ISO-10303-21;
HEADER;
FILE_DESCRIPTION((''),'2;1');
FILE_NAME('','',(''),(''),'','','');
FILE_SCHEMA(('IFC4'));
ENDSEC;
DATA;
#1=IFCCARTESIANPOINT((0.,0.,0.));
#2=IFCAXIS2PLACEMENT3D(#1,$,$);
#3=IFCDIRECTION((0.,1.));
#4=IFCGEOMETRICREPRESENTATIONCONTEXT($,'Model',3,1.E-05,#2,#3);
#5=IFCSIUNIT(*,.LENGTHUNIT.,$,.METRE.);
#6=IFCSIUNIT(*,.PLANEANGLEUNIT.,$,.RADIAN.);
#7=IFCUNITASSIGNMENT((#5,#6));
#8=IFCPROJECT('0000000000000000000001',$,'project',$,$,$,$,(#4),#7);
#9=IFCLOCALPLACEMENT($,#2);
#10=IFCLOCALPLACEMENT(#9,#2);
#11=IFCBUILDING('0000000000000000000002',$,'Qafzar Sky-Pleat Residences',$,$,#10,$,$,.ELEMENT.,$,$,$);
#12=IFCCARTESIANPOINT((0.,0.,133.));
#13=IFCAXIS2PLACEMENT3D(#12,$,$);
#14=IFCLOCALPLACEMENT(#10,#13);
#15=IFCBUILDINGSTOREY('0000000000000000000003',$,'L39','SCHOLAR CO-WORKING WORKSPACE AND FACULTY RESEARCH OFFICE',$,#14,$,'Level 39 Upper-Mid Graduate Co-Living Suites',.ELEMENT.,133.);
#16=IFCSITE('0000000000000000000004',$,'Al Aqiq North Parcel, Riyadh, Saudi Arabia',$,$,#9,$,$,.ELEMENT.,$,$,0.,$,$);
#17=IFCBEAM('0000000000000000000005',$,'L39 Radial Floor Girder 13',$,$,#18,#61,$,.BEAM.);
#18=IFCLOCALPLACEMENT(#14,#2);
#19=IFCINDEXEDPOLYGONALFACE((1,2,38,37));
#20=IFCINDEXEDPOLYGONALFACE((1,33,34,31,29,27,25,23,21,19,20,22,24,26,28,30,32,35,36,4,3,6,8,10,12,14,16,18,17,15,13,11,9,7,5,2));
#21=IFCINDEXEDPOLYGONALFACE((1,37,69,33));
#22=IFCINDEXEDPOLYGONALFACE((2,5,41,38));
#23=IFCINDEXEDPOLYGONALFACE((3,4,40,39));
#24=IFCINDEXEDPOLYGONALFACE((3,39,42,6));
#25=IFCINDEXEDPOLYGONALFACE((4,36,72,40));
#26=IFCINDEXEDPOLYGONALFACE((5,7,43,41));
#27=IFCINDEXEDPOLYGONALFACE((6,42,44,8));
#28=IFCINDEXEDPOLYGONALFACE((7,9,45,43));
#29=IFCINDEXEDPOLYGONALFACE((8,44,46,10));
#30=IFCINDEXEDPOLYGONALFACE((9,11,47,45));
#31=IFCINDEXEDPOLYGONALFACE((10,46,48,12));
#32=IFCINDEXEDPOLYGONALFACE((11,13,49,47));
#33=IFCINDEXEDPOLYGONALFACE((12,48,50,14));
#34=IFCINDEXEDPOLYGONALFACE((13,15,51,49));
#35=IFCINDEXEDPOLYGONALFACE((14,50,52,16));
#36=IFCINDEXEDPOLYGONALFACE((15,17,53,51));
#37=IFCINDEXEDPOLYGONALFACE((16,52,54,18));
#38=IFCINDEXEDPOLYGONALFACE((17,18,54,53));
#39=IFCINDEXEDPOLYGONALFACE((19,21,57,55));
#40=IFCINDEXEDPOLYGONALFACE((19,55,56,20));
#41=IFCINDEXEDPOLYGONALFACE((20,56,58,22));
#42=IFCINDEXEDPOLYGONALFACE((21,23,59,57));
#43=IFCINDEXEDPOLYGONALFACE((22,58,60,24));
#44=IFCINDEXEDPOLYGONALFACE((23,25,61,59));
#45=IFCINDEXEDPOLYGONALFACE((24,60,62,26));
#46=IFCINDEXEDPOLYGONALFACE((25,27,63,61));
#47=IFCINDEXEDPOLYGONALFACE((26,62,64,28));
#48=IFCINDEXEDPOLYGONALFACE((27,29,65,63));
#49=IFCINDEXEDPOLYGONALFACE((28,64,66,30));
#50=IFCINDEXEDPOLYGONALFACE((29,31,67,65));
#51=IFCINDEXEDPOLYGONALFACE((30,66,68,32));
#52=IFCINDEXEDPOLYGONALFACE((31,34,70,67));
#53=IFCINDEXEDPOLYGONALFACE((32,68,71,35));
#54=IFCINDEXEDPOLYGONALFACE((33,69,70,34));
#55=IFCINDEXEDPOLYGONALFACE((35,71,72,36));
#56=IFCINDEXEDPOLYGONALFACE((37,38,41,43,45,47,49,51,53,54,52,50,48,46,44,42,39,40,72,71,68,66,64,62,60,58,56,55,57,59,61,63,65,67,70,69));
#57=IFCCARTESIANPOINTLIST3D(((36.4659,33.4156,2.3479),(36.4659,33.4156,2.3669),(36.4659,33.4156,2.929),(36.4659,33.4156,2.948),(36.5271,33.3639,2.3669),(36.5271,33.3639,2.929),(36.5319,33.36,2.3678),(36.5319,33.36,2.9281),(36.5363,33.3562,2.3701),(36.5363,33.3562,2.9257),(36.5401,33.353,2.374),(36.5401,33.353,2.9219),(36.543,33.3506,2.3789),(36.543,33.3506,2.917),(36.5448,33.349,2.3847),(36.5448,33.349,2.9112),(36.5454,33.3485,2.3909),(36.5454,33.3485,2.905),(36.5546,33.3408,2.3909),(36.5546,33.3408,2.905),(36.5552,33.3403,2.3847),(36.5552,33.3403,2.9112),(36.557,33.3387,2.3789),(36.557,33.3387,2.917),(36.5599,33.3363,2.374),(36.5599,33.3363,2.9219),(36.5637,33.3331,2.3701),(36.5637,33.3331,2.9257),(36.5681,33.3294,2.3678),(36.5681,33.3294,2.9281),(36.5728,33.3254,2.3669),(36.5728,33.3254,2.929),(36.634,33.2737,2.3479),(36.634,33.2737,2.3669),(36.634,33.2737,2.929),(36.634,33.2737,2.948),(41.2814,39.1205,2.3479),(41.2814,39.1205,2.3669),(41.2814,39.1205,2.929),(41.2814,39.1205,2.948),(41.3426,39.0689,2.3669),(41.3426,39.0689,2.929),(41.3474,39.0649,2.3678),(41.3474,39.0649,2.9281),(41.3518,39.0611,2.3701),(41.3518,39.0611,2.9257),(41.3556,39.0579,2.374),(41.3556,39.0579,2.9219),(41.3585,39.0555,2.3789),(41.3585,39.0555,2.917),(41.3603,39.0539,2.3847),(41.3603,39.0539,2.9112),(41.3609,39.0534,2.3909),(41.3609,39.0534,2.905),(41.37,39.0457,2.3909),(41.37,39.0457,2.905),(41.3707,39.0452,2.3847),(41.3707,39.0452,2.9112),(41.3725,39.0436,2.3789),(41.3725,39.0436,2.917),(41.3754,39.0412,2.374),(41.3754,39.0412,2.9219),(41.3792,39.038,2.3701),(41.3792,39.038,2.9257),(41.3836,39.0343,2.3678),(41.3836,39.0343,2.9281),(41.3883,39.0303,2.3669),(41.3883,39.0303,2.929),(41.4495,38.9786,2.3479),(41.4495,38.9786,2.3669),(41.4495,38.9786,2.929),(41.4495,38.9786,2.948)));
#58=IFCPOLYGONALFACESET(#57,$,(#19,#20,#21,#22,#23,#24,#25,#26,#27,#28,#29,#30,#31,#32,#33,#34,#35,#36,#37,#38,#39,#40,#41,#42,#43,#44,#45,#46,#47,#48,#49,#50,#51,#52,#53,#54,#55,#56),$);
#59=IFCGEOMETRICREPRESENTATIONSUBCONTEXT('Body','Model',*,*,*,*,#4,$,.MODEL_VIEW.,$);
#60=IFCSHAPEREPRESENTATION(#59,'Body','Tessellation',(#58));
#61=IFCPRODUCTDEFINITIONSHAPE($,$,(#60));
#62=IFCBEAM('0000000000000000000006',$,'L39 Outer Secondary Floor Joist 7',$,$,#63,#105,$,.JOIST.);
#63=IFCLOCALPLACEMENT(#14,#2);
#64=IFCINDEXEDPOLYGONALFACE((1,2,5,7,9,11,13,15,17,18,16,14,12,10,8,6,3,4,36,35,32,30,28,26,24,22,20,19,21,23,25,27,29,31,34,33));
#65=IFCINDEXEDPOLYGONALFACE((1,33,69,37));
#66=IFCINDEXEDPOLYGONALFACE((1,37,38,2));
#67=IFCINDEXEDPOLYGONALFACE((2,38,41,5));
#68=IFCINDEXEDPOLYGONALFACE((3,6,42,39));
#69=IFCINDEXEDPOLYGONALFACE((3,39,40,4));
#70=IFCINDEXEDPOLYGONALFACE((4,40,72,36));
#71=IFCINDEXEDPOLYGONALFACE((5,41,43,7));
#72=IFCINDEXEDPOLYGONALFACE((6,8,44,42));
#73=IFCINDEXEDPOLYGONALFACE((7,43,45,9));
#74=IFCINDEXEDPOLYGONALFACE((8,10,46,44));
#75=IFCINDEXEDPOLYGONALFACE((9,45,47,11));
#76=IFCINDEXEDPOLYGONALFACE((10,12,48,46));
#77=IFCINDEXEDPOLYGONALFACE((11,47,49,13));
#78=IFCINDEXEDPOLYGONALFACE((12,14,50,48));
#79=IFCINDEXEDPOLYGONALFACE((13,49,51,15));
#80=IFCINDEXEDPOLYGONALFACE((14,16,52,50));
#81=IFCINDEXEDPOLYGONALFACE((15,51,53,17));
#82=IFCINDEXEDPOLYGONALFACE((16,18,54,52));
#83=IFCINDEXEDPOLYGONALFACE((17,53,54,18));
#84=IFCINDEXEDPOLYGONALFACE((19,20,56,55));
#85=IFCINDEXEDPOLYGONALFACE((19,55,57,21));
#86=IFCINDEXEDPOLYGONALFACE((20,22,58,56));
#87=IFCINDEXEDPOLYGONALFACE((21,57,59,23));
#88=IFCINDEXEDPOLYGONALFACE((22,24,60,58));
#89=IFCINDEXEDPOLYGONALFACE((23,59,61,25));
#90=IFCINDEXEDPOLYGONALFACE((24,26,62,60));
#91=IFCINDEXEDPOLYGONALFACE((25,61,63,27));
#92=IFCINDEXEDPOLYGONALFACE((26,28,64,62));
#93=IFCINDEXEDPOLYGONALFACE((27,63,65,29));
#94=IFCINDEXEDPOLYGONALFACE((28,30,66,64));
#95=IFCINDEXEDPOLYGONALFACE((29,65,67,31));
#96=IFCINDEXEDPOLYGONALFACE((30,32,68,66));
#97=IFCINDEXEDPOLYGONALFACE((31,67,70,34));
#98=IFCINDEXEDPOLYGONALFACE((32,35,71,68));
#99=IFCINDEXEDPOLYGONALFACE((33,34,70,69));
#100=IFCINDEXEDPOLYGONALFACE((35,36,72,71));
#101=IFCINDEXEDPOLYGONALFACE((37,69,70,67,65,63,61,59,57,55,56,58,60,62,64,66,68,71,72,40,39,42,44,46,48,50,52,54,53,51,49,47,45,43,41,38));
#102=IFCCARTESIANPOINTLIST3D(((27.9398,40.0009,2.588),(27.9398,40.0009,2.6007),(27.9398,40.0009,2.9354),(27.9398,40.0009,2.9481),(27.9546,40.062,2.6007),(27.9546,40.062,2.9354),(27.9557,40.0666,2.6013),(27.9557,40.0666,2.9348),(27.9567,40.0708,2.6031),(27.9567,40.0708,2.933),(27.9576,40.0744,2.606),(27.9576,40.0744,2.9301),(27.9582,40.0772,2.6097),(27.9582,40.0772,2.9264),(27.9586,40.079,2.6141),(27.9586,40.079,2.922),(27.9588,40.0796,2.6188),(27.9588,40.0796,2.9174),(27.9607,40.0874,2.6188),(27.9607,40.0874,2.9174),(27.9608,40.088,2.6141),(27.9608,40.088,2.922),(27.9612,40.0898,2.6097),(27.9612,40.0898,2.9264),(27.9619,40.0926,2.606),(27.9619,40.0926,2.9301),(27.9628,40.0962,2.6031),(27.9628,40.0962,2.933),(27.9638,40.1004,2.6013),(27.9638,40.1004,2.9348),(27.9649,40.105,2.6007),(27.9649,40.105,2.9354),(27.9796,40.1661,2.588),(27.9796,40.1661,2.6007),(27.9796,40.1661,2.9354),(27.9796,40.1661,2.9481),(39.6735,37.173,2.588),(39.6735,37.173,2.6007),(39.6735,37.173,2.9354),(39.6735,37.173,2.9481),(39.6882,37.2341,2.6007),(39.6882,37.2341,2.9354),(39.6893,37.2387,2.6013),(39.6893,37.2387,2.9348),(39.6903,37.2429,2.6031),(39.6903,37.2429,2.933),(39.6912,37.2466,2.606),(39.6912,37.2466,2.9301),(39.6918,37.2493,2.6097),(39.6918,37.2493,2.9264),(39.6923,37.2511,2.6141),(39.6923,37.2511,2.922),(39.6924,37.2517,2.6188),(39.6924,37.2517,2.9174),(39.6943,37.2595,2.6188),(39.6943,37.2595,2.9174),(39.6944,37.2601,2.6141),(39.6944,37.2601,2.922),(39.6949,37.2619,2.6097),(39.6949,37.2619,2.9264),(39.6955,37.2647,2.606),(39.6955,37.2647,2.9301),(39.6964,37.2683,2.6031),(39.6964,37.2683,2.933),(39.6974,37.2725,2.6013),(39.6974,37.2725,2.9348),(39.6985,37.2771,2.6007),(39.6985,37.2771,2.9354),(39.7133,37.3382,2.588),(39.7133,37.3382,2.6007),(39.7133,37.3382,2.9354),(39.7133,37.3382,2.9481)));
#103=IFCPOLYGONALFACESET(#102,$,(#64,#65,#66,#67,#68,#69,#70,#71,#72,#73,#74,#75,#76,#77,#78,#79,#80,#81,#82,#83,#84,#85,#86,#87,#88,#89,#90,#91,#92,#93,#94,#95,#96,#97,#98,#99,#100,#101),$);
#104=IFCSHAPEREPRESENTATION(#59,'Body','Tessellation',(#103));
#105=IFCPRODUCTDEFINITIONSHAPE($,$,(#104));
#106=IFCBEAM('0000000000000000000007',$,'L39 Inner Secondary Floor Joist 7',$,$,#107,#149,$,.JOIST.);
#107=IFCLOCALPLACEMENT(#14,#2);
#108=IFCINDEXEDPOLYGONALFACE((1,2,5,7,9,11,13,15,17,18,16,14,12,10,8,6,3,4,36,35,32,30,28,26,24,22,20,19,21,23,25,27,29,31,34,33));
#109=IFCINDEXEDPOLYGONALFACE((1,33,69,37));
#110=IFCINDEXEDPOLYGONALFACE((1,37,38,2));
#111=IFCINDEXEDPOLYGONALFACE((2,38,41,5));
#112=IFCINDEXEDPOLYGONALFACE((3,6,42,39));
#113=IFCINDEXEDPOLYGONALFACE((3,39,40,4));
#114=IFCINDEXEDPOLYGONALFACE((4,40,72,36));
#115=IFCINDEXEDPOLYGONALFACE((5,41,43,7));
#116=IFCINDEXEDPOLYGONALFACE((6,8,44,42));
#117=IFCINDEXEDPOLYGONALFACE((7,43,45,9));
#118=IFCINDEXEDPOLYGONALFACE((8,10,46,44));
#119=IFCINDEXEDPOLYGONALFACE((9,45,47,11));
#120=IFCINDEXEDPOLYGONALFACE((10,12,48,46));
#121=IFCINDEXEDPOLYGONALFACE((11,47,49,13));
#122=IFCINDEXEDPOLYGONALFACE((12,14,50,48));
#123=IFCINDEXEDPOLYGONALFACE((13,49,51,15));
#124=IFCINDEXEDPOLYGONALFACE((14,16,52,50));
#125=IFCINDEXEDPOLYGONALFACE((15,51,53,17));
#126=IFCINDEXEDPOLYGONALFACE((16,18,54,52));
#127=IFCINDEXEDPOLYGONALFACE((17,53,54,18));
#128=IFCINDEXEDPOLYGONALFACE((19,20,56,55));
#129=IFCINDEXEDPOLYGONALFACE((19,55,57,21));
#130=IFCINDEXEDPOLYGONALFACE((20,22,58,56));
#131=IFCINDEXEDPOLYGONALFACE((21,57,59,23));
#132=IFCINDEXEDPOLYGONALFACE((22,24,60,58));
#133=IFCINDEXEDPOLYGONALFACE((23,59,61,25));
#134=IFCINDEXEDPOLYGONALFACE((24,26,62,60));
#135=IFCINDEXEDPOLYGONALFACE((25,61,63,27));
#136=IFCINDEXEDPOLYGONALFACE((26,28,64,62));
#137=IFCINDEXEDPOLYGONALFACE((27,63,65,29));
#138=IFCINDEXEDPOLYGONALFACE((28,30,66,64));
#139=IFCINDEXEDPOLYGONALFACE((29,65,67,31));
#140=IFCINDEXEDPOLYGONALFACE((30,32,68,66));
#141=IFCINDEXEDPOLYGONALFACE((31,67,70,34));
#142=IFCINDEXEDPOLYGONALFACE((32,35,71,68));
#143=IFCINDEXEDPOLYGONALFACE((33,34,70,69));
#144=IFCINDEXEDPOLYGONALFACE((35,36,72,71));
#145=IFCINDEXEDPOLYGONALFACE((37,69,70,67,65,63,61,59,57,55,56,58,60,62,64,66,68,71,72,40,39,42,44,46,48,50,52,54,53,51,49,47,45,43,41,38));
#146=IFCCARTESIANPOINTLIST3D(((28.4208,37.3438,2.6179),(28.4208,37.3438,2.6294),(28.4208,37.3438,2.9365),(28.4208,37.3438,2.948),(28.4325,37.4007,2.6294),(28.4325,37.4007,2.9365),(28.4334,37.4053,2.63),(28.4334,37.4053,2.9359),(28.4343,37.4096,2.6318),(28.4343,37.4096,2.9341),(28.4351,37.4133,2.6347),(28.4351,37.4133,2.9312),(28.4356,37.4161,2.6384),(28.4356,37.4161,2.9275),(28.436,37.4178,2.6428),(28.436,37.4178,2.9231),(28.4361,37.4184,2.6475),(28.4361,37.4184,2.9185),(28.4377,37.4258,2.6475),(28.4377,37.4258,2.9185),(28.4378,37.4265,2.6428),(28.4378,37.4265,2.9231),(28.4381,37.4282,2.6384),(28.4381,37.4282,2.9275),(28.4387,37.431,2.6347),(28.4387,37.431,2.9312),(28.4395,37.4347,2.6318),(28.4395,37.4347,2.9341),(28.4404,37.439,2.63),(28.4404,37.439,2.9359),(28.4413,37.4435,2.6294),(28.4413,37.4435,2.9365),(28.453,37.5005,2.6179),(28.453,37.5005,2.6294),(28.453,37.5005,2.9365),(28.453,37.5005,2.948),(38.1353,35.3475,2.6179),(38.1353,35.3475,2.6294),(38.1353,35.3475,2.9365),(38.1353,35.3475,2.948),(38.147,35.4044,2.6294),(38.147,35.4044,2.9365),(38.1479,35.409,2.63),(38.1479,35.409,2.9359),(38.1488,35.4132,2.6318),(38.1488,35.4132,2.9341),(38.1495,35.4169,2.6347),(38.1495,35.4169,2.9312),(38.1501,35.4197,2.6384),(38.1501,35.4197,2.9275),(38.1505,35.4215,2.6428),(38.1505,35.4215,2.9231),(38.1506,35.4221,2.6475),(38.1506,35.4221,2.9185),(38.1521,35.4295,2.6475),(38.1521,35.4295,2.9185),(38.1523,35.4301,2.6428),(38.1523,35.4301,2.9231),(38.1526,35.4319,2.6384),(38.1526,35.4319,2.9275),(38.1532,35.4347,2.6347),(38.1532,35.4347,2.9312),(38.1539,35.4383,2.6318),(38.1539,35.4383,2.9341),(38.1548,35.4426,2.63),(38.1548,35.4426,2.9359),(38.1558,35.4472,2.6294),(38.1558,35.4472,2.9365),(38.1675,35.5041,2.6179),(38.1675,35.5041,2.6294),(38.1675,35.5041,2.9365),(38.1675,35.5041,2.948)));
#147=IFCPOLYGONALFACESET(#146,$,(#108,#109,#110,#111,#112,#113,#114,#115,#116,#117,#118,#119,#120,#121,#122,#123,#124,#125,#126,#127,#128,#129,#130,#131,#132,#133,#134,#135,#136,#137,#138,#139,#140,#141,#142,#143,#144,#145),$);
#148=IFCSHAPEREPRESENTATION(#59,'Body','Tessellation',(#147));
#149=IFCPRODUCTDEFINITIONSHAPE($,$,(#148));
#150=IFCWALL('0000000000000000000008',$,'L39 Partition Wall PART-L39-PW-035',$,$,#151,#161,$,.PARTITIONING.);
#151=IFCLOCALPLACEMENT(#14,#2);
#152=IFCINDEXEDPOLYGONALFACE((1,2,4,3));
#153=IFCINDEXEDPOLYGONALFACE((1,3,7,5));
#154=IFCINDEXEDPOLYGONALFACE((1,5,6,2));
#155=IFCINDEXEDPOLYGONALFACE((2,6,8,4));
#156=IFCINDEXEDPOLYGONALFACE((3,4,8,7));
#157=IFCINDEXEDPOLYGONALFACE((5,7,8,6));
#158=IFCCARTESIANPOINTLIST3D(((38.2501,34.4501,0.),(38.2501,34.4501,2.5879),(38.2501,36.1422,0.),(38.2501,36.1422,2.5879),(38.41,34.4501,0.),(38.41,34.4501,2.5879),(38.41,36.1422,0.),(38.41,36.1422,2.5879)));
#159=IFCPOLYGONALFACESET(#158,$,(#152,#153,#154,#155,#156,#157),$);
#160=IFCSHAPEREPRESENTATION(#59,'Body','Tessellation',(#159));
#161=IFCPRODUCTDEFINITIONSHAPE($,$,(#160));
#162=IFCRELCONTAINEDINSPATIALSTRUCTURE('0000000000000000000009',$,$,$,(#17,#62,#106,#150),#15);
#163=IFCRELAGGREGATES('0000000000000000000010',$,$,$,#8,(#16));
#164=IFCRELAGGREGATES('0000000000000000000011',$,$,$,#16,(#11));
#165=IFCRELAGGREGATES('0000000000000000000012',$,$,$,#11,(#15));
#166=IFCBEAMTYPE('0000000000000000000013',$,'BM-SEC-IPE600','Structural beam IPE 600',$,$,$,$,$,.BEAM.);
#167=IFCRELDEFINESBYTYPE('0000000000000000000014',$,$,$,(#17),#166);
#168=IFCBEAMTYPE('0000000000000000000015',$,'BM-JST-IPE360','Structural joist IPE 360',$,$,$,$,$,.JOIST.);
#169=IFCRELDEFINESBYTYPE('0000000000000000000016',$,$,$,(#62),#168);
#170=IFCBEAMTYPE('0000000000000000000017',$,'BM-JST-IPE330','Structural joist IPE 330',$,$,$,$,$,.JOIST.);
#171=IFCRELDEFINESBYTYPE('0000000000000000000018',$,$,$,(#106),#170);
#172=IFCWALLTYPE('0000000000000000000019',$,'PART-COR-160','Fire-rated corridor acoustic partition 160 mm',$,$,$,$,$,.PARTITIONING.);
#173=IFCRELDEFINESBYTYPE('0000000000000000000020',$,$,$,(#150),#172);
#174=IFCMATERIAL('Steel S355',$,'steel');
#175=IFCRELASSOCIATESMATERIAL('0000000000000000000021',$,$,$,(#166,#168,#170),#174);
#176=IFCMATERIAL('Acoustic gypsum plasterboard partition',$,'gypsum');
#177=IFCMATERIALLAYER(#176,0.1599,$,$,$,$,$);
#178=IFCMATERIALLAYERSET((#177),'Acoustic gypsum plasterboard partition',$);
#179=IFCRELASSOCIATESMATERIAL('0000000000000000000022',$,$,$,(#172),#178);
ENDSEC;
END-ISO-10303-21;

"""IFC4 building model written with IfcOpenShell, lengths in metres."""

from ifc_helpers import new_model, si_unit, direction, frame, frame_2d, origin, origin_2d, place, context, subcontext, project, spatial, rectangle, i_section, extrude, source, transform, mapped, material, layer, layer_set, material_profile, profile_set, type_object, element, save


model = new_model("IFC4")

# Units and contexts
model_context = context("Model", 3, precision=1e-05, world=origin(), true_north=direction((0.0, 1.0)))
body_context = subcontext(model_context, "Body", "Model", "MODEL_VIEW")
ifc_project = project(units=[si_unit("LENGTHUNIT", "METRE"), si_unit("PLANEANGLEUNIT", "RADIAN")], contexts=[model_context])

# Site, building, storey
site_placement = place(None, origin())
site = spatial("IfcSite", under=ifc_project, at=site_placement, Name="Al Aqiq North Parcel, Riyadh, Saudi Arabia", CompositionType="ELEMENT", RefElevation=0.0)
building_placement = place(site_placement, origin())
building = spatial("IfcBuilding", under=site, at=building_placement, Name="Qafzar Sky-Pleat Residences", CompositionType="ELEMENT")
storey_placement = place(building_placement, frame((0.0, 0.0, 133.0)))
storey = spatial("IfcBuildingStorey", under=building, at=storey_placement, Name="L39", Description="SCHOLAR CO-WORKING WORKSPACE AND FACULTY RESEARCH OFFICE", LongName="Level 39 Upper-Mid Graduate Co-Living Suites", CompositionType="ELEMENT", Elevation=133.0)

# Shared definitions
ifc_material_1 = material(Name="Steel S355", Category="steel")

# Beams
ifc_material_profile_1 = material_profile(ifc_material_1, i_section(OverallWidth=0.22, OverallDepth=0.6001, WebThickness=0.012, FlangeThickness=0.019, FilletRadius=0.0239, at=origin_2d()), Name="IPE 600")
ifc_profile_set_1 = profile_set([ifc_material_profile_1], Name="Steel S355")
beam_type_1 = type_object("IfcBeamType", Name="BM-SEC-IPE600", Description="Structural beam IPE 600", PredefinedType="BEAM", material=ifc_profile_set_1)
shared_shape_1 = source(origin(), body_context, "Body", "SweptSolid", [
    extrude(i_section(OverallWidth=0.22, OverallDepth=0.6001, WebThickness=0.012, FlangeThickness=0.019, FilletRadius=0.0239, at=origin_2d()), origin(), (0.0, 0.0, 1.0), 7.4656),
])
beam_1_placement = place(storey_placement, frame((41.3655, 39.0496, 2.6479), z_axis=(-0.645026, -0.764161, 0.0), x_axis=(0.764161, -0.645026, 0.0)))
element("IfcBeam", 1, at=beam_1_placement, inside=storey, type_object=beam_type_1, Name="L39 Radial Floor Girder 13", PredefinedType="BEAM", context=body_context, shape_type="MappedRepresentation", body=[
    mapped(shared_shape_1, transform((0.0, 0.0, 0.0), x_axis=(1.0, 0.0, 0.0), y_axis=(0.0, 1.0, 0.0), z_axis=(0.0, 0.0, 1.0), scale=1.0)),
])
ifc_material_profile_2 = material_profile(ifc_material_1, i_section(OverallWidth=0.1699, OverallDepth=0.3601, WebThickness=0.0081, FlangeThickness=0.0127, FilletRadius=0.0181, at=origin_2d()), Name="IPE 360")
ifc_profile_set_2 = profile_set([ifc_material_profile_2], Name="Steel S355")
beam_type_2 = type_object("IfcBeamType", Name="BM-JST-IPE360", Description="Structural joist IPE 360", PredefinedType="JOIST", material=ifc_profile_set_2)
shared_shape_2 = source(origin(), body_context, "Body", "SweptSolid", [
    extrude(i_section(OverallWidth=0.1699, OverallDepth=0.3601, WebThickness=0.0081, FlangeThickness=0.0127, FilletRadius=0.0181, at=origin_2d()), origin(), (0.0, 0.0, 1.0), 12.0696),
])
beam_2_placement = place(storey_placement, frame((39.6934, 37.2556, 2.7681), z_axis=(-0.972165, 0.234298, 0.0), x_axis=(-0.234298, -0.972165, 0.0)))
element("IfcBeam", 2, at=beam_2_placement, inside=storey, type_object=beam_type_2, Name="L39 Outer Secondary Floor Joist 7", PredefinedType="JOIST", context=body_context, shape_type="MappedRepresentation", body=[
    mapped(shared_shape_2, transform((0.0, 0.0, 0.0), x_axis=(1.0, 0.0, 0.0), y_axis=(0.0, 1.0, 0.0), z_axis=(0.0, 0.0, 1.0), scale=1.0)),
])
ifc_material_profile_3 = material_profile(ifc_material_1, i_section(OverallWidth=0.1599, OverallDepth=0.3301, WebThickness=0.0076, FlangeThickness=0.0115, FilletRadius=0.0181, at=origin_2d()), Name="IPE 330")
ifc_profile_set_3 = profile_set([ifc_material_profile_3], Name="Steel S355")
beam_type_3 = type_object("IfcBeamType", Name="BM-JST-IPE330", Description="Structural joist IPE 330", PredefinedType="JOIST", material=ifc_profile_set_3)
shared_shape_3 = source(origin(), body_context, "Body", "SweptSolid", [
    extrude(i_section(OverallWidth=0.1599, OverallDepth=0.3301, WebThickness=0.0076, FlangeThickness=0.0115, FilletRadius=0.0181, at=origin_2d()), origin(), (0.0, 0.0, 1.0), 9.9175),
])
beam_3_placement = place(storey_placement, frame((38.1514, 35.4258, 2.783), z_axis=(-0.97953, 0.201297, 0.0), x_axis=(-0.201297, -0.97953, 0.0)))
element("IfcBeam", 3, at=beam_3_placement, inside=storey, type_object=beam_type_3, Name="L39 Inner Secondary Floor Joist 7", PredefinedType="JOIST", context=body_context, shape_type="MappedRepresentation", body=[
    mapped(shared_shape_3, transform((0.0, 0.0, 0.0), x_axis=(1.0, 0.0, 0.0), y_axis=(0.0, 1.0, 0.0), z_axis=(0.0, 0.0, 1.0), scale=1.0)),
])

# Wall
ifc_material_2 = material(Name="Acoustic gypsum plasterboard partition", Category="gypsum")
ifc_layer_1 = layer(ifc_material_2, 0.1599)
ifc_layer_set_1 = layer_set([ifc_layer_1], Name="Acoustic gypsum plasterboard partition")
wall_type_1 = type_object("IfcWallType", Name="PART-COR-160", Description="Fire-rated corridor acoustic partition 160 mm", PredefinedType="PARTITIONING", material=ifc_layer_set_1)
wall_1_placement = place(storey_placement, frame((38.3301, 34.45, 0.0), z_axis=(0.0, 0.0, 1.0), x_axis=(0.0, 1.0, 0.0)))
element("IfcWall", 4, at=wall_1_placement, inside=storey, type_object=wall_type_1, Name="L39 Partition Wall PART-L39-PW-035", PredefinedType="PARTITIONING", context=body_context, shape_type="SweptSolid", body=[
    extrude(rectangle(XDim=1.6921, YDim=0.1599, at=frame_2d((0.8462, 0.0))), origin(), (0.0, 0.0, 1.0), 2.5879),
])

save(model, "model.ifc")
